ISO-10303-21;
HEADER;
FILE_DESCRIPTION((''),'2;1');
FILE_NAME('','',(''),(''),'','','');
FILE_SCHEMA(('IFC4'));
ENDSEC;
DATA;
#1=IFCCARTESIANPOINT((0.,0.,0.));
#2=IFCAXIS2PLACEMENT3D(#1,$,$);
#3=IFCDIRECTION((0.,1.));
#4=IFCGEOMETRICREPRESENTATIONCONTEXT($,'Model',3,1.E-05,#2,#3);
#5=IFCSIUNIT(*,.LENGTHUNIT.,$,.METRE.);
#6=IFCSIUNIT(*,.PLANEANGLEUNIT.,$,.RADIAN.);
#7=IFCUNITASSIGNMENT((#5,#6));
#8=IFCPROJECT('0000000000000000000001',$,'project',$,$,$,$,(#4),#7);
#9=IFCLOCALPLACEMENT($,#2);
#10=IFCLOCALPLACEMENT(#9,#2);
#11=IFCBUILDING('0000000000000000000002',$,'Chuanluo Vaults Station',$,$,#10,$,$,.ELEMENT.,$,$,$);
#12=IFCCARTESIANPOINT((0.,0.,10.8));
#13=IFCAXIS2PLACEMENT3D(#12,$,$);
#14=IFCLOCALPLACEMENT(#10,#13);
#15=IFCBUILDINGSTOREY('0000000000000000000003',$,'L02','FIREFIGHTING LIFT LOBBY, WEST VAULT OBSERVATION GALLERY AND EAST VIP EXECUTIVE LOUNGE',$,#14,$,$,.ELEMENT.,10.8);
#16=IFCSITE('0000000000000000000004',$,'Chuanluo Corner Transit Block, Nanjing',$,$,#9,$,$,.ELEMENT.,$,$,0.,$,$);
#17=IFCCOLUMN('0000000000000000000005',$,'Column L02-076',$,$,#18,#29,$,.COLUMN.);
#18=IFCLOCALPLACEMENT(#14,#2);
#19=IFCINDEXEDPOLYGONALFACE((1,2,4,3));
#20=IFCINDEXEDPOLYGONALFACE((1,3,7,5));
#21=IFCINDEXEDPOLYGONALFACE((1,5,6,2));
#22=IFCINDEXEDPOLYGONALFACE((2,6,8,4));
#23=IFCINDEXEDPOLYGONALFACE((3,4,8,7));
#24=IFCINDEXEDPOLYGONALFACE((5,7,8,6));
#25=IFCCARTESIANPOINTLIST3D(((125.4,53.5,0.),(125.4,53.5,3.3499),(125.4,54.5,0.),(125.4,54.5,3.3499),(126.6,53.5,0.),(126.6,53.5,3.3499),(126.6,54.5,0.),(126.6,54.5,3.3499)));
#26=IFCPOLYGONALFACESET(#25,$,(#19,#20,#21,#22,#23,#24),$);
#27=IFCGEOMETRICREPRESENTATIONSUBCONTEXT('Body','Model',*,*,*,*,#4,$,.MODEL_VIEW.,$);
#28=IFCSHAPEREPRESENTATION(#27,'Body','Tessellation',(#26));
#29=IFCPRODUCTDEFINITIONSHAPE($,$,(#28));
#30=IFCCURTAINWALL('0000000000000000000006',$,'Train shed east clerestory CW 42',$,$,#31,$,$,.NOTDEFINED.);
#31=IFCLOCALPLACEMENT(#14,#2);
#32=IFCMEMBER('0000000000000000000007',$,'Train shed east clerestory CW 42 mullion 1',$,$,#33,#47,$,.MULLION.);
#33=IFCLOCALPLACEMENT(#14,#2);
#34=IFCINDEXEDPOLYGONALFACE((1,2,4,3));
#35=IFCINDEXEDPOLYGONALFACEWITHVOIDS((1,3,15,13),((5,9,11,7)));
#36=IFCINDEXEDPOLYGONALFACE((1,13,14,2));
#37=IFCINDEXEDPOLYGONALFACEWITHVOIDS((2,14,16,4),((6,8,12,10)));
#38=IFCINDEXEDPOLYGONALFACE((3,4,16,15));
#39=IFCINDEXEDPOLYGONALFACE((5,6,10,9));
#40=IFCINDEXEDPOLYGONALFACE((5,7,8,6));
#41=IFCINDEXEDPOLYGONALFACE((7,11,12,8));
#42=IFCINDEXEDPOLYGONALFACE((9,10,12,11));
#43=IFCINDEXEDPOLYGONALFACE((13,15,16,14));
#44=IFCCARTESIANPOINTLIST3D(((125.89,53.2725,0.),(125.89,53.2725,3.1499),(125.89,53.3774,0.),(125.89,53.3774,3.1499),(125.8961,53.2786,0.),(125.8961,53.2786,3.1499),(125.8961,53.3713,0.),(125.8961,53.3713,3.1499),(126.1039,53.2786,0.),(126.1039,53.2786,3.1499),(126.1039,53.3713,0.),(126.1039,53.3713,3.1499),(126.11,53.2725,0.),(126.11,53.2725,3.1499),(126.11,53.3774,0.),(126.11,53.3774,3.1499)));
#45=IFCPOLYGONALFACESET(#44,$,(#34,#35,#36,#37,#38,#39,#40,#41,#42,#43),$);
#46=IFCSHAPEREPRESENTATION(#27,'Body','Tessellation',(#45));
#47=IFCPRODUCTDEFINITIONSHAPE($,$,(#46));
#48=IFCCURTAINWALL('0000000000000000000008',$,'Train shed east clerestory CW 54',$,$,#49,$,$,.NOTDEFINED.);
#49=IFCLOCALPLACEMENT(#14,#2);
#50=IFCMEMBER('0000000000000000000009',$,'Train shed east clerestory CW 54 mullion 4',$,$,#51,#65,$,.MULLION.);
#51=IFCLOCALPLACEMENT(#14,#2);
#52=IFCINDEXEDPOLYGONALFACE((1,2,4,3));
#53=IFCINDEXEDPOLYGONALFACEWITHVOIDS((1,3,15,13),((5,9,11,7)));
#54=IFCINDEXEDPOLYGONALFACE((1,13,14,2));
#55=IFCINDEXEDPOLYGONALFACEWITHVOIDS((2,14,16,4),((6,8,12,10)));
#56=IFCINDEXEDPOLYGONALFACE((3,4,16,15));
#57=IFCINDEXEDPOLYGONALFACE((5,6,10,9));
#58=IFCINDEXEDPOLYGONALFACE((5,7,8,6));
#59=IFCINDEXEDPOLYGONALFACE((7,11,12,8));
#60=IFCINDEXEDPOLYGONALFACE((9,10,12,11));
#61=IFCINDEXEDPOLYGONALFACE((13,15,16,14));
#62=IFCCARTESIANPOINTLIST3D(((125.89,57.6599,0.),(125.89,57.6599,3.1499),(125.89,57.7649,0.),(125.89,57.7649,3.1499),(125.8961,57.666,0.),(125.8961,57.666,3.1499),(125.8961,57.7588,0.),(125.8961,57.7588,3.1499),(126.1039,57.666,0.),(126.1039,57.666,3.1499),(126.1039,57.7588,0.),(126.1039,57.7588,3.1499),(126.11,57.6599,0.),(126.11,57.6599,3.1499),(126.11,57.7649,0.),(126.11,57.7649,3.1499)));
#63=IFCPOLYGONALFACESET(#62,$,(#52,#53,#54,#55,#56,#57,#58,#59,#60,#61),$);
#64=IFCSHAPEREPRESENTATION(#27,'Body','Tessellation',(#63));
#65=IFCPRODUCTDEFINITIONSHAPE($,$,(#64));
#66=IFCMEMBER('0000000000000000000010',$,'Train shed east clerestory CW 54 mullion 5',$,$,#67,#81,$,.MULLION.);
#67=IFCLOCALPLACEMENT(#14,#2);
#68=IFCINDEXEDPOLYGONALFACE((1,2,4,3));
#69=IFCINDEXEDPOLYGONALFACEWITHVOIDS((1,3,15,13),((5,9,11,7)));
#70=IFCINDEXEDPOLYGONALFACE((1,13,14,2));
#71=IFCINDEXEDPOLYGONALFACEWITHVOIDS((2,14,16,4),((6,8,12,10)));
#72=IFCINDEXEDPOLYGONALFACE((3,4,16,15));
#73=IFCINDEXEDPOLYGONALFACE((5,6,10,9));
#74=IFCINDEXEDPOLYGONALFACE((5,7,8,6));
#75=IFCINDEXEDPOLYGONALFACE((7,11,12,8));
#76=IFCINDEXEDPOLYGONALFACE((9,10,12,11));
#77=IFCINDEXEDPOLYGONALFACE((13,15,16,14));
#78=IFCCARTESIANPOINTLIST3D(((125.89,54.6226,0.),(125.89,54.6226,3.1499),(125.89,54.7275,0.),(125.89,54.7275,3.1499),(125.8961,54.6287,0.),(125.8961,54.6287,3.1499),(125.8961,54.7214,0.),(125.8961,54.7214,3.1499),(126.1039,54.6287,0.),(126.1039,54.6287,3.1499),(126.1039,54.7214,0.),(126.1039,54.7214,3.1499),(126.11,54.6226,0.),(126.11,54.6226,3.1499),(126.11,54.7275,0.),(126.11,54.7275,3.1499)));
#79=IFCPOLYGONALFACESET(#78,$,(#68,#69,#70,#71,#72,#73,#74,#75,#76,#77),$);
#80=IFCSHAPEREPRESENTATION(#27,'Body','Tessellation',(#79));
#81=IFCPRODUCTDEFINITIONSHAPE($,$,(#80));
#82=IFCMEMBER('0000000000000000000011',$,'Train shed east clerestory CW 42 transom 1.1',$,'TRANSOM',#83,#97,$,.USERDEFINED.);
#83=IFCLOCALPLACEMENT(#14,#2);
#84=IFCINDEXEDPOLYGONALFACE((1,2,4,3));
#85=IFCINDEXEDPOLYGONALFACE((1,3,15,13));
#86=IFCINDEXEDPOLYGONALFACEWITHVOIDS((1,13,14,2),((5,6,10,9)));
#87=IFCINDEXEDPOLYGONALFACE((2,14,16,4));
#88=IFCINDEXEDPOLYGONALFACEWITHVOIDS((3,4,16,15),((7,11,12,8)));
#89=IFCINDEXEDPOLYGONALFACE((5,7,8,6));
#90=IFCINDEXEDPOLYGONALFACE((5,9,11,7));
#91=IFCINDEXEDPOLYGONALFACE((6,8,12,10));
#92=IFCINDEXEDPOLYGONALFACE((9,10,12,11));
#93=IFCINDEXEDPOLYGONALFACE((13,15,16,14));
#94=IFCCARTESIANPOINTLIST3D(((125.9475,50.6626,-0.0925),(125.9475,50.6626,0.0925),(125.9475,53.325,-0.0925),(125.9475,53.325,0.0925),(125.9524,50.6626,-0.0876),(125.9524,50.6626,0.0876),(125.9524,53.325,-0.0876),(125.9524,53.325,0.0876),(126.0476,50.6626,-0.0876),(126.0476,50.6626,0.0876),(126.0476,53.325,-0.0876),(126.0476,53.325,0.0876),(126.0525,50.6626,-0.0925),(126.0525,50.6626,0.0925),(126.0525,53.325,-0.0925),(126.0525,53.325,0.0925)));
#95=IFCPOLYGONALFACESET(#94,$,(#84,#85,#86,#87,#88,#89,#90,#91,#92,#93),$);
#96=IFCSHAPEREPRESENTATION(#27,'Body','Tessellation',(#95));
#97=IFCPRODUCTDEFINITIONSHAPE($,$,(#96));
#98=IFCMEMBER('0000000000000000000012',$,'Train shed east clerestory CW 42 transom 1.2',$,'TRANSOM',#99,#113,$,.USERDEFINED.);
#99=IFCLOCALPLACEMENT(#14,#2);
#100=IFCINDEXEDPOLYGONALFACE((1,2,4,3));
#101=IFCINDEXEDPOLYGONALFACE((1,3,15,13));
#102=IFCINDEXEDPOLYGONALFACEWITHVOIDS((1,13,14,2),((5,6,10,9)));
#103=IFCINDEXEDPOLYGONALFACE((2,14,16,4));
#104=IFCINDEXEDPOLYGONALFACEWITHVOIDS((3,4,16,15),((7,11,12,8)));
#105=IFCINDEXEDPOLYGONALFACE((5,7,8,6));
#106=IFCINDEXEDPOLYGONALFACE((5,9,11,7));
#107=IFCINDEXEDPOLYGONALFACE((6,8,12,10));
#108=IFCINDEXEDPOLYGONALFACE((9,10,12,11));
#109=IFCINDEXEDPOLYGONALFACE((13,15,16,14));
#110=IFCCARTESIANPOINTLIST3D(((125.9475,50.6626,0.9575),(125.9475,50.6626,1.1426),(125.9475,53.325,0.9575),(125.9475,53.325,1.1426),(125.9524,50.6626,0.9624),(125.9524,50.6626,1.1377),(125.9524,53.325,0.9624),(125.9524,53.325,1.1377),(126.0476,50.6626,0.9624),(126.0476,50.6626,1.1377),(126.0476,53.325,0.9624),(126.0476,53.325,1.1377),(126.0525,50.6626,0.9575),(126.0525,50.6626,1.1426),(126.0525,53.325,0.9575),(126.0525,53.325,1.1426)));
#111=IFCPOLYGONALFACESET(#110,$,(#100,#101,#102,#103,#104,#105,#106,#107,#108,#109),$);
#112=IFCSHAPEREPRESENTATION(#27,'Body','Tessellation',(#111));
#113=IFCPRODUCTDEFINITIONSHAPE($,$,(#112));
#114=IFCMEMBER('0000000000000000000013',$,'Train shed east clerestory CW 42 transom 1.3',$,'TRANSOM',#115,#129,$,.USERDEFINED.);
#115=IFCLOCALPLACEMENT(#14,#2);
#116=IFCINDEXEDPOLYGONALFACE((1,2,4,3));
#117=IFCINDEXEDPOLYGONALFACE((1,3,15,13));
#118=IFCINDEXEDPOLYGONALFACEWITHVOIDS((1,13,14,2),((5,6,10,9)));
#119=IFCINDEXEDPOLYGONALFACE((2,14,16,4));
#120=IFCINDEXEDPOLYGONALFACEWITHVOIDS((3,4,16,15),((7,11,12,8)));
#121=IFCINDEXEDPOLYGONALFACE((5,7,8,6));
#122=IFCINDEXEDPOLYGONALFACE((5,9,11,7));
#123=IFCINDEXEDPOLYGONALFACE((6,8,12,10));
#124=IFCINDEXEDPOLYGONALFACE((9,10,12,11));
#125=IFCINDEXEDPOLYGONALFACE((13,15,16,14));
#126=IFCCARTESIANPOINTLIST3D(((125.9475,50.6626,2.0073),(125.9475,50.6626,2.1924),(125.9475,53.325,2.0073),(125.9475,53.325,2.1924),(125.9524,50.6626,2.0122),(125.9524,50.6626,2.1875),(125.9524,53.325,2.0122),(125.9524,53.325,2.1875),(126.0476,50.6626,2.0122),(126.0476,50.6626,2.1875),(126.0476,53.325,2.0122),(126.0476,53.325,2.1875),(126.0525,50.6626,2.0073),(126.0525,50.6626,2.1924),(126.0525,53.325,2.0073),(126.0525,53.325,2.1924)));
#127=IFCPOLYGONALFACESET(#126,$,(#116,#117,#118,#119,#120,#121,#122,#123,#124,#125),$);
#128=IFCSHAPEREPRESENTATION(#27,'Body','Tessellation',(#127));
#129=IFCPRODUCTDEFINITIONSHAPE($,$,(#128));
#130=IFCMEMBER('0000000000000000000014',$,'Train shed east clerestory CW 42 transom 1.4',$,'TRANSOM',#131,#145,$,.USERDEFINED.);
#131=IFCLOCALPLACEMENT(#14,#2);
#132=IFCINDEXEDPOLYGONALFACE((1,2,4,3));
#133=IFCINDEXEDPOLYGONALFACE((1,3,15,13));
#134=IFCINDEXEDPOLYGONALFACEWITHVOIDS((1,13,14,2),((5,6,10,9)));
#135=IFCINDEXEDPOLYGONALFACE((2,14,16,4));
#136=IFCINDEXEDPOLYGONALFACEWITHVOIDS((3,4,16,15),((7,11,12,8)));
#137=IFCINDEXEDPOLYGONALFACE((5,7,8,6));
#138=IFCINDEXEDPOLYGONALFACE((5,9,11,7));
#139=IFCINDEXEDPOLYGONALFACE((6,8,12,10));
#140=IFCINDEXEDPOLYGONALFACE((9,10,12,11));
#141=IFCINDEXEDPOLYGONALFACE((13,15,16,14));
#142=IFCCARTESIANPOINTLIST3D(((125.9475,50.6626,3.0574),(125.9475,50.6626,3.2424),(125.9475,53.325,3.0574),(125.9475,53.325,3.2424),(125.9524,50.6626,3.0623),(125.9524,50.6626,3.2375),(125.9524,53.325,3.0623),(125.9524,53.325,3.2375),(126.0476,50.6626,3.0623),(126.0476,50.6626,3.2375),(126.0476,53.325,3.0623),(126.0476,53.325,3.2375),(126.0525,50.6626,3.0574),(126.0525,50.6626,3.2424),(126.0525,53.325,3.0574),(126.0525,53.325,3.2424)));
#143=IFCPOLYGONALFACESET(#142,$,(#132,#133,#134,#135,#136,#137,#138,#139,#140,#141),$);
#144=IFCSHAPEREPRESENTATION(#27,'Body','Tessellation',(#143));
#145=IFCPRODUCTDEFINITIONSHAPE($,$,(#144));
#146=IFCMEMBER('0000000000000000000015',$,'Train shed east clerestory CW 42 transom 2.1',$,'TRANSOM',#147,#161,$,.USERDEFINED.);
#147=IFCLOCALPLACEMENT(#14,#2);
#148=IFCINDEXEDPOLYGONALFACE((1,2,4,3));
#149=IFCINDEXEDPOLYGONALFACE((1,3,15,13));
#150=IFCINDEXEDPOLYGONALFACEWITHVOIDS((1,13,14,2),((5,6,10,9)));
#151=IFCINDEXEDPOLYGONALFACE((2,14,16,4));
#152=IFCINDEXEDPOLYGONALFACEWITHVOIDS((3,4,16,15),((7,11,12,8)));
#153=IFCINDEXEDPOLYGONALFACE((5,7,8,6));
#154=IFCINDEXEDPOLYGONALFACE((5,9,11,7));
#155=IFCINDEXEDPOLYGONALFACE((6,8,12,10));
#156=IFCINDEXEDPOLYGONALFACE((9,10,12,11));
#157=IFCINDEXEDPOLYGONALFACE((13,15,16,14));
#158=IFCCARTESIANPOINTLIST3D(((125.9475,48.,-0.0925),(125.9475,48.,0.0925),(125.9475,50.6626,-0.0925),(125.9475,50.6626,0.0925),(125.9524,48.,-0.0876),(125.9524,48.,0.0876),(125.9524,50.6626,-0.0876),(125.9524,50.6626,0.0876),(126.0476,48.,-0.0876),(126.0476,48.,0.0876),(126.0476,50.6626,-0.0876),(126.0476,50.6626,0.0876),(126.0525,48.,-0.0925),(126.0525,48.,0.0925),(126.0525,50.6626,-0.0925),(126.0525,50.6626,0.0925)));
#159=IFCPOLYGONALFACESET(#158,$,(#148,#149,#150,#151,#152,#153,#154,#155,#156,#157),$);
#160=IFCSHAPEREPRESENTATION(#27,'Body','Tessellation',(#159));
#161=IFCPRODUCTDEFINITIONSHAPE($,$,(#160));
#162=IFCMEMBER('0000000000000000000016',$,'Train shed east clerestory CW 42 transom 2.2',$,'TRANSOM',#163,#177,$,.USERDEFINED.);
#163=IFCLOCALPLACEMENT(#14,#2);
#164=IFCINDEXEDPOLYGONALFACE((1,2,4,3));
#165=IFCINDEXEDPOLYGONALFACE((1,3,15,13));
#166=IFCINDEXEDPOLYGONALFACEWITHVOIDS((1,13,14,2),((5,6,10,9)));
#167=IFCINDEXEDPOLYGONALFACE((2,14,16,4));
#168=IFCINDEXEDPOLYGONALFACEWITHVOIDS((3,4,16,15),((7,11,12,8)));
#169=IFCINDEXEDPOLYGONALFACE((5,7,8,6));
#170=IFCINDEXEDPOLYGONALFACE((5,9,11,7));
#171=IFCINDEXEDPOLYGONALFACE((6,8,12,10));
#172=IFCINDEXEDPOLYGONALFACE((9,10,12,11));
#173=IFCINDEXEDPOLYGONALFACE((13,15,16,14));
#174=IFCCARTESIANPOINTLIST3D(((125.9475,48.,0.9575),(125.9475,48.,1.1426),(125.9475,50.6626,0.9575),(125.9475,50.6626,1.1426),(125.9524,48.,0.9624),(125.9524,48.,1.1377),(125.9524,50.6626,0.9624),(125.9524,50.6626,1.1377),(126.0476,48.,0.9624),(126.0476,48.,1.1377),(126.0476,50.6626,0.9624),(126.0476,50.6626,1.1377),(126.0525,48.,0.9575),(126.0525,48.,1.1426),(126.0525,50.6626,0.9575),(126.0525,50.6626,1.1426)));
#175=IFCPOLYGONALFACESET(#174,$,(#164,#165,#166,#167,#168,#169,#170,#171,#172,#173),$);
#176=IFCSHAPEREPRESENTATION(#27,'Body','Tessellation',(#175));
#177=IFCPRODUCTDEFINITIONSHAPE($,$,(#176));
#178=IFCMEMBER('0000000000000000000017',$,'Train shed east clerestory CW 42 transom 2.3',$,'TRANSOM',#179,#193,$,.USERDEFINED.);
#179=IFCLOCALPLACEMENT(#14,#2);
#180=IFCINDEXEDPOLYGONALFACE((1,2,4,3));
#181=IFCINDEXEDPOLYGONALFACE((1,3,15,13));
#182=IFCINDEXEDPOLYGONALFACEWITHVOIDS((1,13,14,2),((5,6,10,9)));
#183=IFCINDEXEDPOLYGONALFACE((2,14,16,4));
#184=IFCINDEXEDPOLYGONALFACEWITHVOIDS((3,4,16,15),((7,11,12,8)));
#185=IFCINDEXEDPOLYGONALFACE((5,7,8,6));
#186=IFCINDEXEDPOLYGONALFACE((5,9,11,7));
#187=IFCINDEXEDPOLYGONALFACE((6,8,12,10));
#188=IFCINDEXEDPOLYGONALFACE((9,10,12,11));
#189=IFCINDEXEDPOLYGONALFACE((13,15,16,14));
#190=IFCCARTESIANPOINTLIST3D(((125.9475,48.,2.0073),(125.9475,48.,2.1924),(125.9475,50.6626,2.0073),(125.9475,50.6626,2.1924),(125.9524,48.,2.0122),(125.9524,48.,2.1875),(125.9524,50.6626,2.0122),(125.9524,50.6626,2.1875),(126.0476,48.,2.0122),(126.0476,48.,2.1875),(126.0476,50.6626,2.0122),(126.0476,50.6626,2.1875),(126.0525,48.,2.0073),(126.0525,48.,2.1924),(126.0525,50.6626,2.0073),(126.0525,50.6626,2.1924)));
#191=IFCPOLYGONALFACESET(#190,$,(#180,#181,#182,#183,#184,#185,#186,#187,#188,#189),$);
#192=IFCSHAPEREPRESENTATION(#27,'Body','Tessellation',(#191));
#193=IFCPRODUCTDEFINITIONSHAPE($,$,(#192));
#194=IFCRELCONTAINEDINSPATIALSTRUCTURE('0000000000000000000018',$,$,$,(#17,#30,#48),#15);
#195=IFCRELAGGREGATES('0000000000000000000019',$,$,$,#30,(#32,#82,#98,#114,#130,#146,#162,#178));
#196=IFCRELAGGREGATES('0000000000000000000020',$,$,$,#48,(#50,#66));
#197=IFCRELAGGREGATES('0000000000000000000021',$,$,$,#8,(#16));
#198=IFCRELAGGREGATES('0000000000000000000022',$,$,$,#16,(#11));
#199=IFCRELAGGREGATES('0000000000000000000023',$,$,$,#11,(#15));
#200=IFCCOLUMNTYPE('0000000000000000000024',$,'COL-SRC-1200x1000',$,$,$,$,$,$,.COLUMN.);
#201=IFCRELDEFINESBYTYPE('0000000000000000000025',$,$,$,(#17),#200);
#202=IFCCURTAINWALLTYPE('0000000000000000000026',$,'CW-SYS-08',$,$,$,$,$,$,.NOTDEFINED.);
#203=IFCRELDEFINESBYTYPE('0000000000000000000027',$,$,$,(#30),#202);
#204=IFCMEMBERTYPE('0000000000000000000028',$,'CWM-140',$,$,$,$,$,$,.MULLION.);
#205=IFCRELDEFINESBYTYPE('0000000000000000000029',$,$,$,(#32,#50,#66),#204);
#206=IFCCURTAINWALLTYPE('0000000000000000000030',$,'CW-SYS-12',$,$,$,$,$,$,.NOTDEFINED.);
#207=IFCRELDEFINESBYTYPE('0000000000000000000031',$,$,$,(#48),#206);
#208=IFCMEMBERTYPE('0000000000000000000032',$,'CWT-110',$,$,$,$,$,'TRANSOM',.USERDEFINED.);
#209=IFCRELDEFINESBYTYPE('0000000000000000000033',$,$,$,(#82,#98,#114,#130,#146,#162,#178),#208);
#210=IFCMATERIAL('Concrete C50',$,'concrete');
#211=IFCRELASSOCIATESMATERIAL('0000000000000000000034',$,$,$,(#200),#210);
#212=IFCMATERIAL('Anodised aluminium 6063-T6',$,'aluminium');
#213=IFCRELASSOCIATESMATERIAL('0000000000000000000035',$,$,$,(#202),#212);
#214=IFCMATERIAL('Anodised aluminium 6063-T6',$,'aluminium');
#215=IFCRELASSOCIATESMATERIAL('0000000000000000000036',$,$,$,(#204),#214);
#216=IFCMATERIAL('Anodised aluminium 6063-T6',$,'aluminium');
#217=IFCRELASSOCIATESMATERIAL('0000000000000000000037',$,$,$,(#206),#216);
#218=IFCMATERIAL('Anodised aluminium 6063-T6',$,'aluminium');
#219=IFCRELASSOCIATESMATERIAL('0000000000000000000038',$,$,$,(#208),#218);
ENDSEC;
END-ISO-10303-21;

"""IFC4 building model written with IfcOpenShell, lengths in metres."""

from ifc_helpers import new_model, si_unit, direction, frame, origin, origin_2d, place, context, subcontext, project, spatial, rectangle, hollow_rectangle, extrude, material, material_profile, profile_set, type_object, element, aggregate, save


model = new_model("IFC4")

# Units and contexts
model_context = context("Model", 3, precision=1e-05, world=origin(), true_north=direction((0.0, 1.0)))
body_context = subcontext(model_context, "Body", "Model", "MODEL_VIEW")
ifc_project = project(units=[si_unit("LENGTHUNIT", "METRE"), si_unit("PLANEANGLEUNIT", "RADIAN")], contexts=[model_context])

# Site, building, storey
site_placement = place(None, origin())
site = spatial("IfcSite", under=ifc_project, at=site_placement, Name="Chuanluo Corner Transit Block, Nanjing", CompositionType="ELEMENT", RefElevation=0.0)
building_placement = place(site_placement, origin())
building = spatial("IfcBuilding", under=site, at=building_placement, Name="Chuanluo Vaults Station", CompositionType="ELEMENT")
storey_placement = place(building_placement, frame((0.0, 0.0, 10.8)))
storey = spatial("IfcBuildingStorey", under=building, at=storey_placement, Name="L02", Description="FIREFIGHTING LIFT LOBBY, WEST VAULT OBSERVATION GALLERY AND EAST VIP EXECUTIVE LOUNGE", CompositionType="ELEMENT", Elevation=10.8)

# Column
ifc_material_1 = material(Name="Concrete C50", Category="concrete")
ifc_material_profile_1 = material_profile(ifc_material_1, rectangle(XDim=1.2, YDim=1.0, at=origin_2d()))
ifc_profile_set_1 = profile_set([ifc_material_profile_1], Name="Concrete C50")
column_type = type_object("IfcColumnType", Name="COL-SRC-1200x1000", PredefinedType="COLUMN", material=ifc_profile_set_1)
column_placement = place(storey_placement, frame((126.0, 54.0, 0.0), z_axis=(0.0, 0.0, 1.0), x_axis=(1.0, 0.0, 0.0)))
element("IfcColumn", 1, at=column_placement, inside=storey, type_object=column_type, Name="Column L02-076", PredefinedType="COLUMN", context=body_context, shape_type="SweptSolid", body=[
    extrude(rectangle(XDim=1.2, YDim=1.0, at=origin_2d()), origin(), (0.0, 0.0, 1.0), 3.3499),
])

# Curtain wall, member
ifc_material_2 = material(Name="Anodised aluminium 6063-T6", Category="aluminium")
curtain_wall_type_1 = type_object("IfcCurtainWallType", Name="CW-SYS-08", PredefinedType="NOTDEFINED", material=ifc_material_2)
curtain_wall_1_placement = place(storey_placement, origin())
curtain_wall_1 = element("IfcCurtainWall", 2, at=curtain_wall_1_placement, inside=storey, type_object=curtain_wall_type_1, Name="Train shed east clerestory CW 42", PredefinedType="NOTDEFINED")
ifc_material_3 = material(Name="Anodised aluminium 6063-T6", Category="aluminium")
ifc_material_profile_2 = material_profile(ifc_material_3, hollow_rectangle(XDim=0.105, YDim=0.22, WallThickness=0.0061, at=origin_2d()))
ifc_profile_set_2 = profile_set([ifc_material_profile_2], Name="Anodised aluminium 6063-T6")
member_type_1 = type_object("IfcMemberType", Name="CWM-140", PredefinedType="MULLION", material=ifc_profile_set_2)
member_1_placement = place(storey_placement, frame((126.0, 53.325, 0.0), z_axis=(0.0, 0.0, 1.0), x_axis=(0.0, -1.0, 0.0)))
member_1 = element("IfcMember", 3, at=member_1_placement, type_object=member_type_1, Name="Train shed east clerestory CW 42 mullion 1", PredefinedType="MULLION", context=body_context, shape_type="SweptSolid", body=[
    extrude(hollow_rectangle(XDim=0.105, YDim=0.22, WallThickness=0.0061, at=origin_2d()), origin(), (0.0, 0.0, 1.0), 3.1499),
])

# Curtain wall, members
ifc_material_4 = material(Name="Anodised aluminium 6063-T6", Category="aluminium")
curtain_wall_type_2 = type_object("IfcCurtainWallType", Name="CW-SYS-12", PredefinedType="NOTDEFINED", material=ifc_material_4)
curtain_wall_2_placement = place(storey_placement, origin())
curtain_wall_2 = element("IfcCurtainWall", 4, at=curtain_wall_2_placement, inside=storey, type_object=curtain_wall_type_2, Name="Train shed east clerestory CW 54", PredefinedType="NOTDEFINED")
member_2_placement = place(storey_placement, frame((126.0, 57.7124, 0.0), z_axis=(0.0, 0.0, 1.0), x_axis=(0.0, -1.0, 0.0)))
member_2 = element("IfcMember", 5, at=member_2_placement, type_object=member_type_1, Name="Train shed east clerestory CW 54 mullion 4", PredefinedType="MULLION", context=body_context, shape_type="SweptSolid", body=[
    extrude(hollow_rectangle(XDim=0.105, YDim=0.22, WallThickness=0.0061, at=origin_2d()), origin(), (0.0, 0.0, 1.0), 3.1499),
])
member_3_placement = place(storey_placement, frame((126.0, 54.675, 0.0), z_axis=(0.0, 0.0, 1.0), x_axis=(0.0, -1.0, 0.0)))
member_3 = element("IfcMember", 6, at=member_3_placement, type_object=member_type_1, Name="Train shed east clerestory CW 54 mullion 5", PredefinedType="MULLION", context=body_context, shape_type="SweptSolid", body=[
    extrude(hollow_rectangle(XDim=0.105, YDim=0.22, WallThickness=0.0061, at=origin_2d()), origin(), (0.0, 0.0, 1.0), 3.1499),
])

# Members
ifc_material_5 = material(Name="Anodised aluminium 6063-T6", Category="aluminium")
ifc_material_profile_3 = material_profile(ifc_material_5, hollow_rectangle(XDim=0.105, YDim=0.1851, WallThickness=0.0049, at=origin_2d()))
ifc_profile_set_3 = profile_set([ifc_material_profile_3], Name="Anodised aluminium 6063-T6")
member_type_2 = type_object("IfcMemberType", Name="CWT-110", ElementType="TRANSOM", PredefinedType="USERDEFINED", material=ifc_profile_set_3)
member_4_placement = place(storey_placement, frame((126.0, 53.325, 0.0), z_axis=(0.0, -1.0, 0.0), x_axis=(1.0, 0.0, 0.0)))
member_4 = element("IfcMember", 7, at=member_4_placement, type_object=member_type_2, Name="Train shed east clerestory CW 42 transom 1.1", ObjectType="TRANSOM", PredefinedType="USERDEFINED", context=body_context, shape_type="SweptSolid", body=[
    extrude(hollow_rectangle(XDim=0.105, YDim=0.1851, WallThickness=0.0049, at=origin_2d()), origin(), (0.0, 0.0, 1.0), 2.6624),
])
member_5_placement = place(storey_placement, frame((126.0, 53.325, 1.05), z_axis=(0.0, -1.0, 0.0), x_axis=(1.0, 0.0, 0.0)))
member_5 = element("IfcMember", 8, at=member_5_placement, type_object=member_type_2, Name="Train shed east clerestory CW 42 transom 1.2", ObjectType="TRANSOM", PredefinedType="USERDEFINED", context=body_context, shape_type="SweptSolid", body=[
    extrude(hollow_rectangle(XDim=0.105, YDim=0.1851, WallThickness=0.0049, at=origin_2d()), origin(), (0.0, 0.0, 1.0), 2.6624),
])
member_6_placement = place(storey_placement, frame((126.0, 53.325, 2.0999), z_axis=(0.0, -1.0, 0.0), x_axis=(1.0, 0.0, 0.0)))
member_6 = element("IfcMember", 9, at=member_6_placement, type_object=member_type_2, Name="Train shed east clerestory CW 42 transom 1.3", ObjectType="TRANSOM", PredefinedType="USERDEFINED", context=body_context, shape_type="SweptSolid", body=[
    extrude(hollow_rectangle(XDim=0.105, YDim=0.1851, WallThickness=0.0049, at=origin_2d()), origin(), (0.0, 0.0, 1.0), 2.6624),
])
member_7_placement = place(storey_placement, frame((126.0, 53.325, 3.1499), z_axis=(0.0, -1.0, 0.0), x_axis=(1.0, 0.0, 0.0)))
member_7 = element("IfcMember", 10, at=member_7_placement, type_object=member_type_2, Name="Train shed east clerestory CW 42 transom 1.4", ObjectType="TRANSOM", PredefinedType="USERDEFINED", context=body_context, shape_type="SweptSolid", body=[
    extrude(hollow_rectangle(XDim=0.105, YDim=0.1851, WallThickness=0.0049, at=origin_2d()), origin(), (0.0, 0.0, 1.0), 2.6624),
])
member_8_placement = place(storey_placement, frame((126.0, 50.6626, 0.0), z_axis=(0.0, -1.0, 0.0), x_axis=(1.0, 0.0, 0.0)))
member_8 = element("IfcMember", 11, at=member_8_placement, type_object=member_type_2, Name="Train shed east clerestory CW 42 transom 2.1", ObjectType="TRANSOM", PredefinedType="USERDEFINED", context=body_context, shape_type="SweptSolid", body=[
    extrude(hollow_rectangle(XDim=0.105, YDim=0.1851, WallThickness=0.0049, at=origin_2d()), origin(), (0.0, 0.0, 1.0), 2.6626),
])
member_9_placement = place(storey_placement, frame((126.0, 50.6626, 1.05), z_axis=(0.0, -1.0, 0.0), x_axis=(1.0, 0.0, 0.0)))
member_9 = element("IfcMember", 12, at=member_9_placement, type_object=member_type_2, Name="Train shed east clerestory CW 42 transom 2.2", ObjectType="TRANSOM", PredefinedType="USERDEFINED", context=body_context, shape_type="SweptSolid", body=[
    extrude(hollow_rectangle(XDim=0.105, YDim=0.1851, WallThickness=0.0049, at=origin_2d()), origin(), (0.0, 0.0, 1.0), 2.6626),
])
member_10_placement = place(storey_placement, frame((126.0, 50.6626, 2.0999), z_axis=(0.0, -1.0, 0.0), x_axis=(1.0, 0.0, 0.0)))
member_10 = element("IfcMember", 13, at=member_10_placement, type_object=member_type_2, Name="Train shed east clerestory CW 42 transom 2.3", ObjectType="TRANSOM", PredefinedType="USERDEFINED", context=body_context, shape_type="SweptSolid", body=[
    extrude(hollow_rectangle(XDim=0.105, YDim=0.1851, WallThickness=0.0049, at=origin_2d()), origin(), (0.0, 0.0, 1.0), 2.6626),
])

aggregate(curtain_wall_1, [member_1, member_4, member_5, member_6, member_7, member_8, member_9, member_10])
aggregate(curtain_wall_2, [member_2, member_3])

save(model, "model.ifc")
